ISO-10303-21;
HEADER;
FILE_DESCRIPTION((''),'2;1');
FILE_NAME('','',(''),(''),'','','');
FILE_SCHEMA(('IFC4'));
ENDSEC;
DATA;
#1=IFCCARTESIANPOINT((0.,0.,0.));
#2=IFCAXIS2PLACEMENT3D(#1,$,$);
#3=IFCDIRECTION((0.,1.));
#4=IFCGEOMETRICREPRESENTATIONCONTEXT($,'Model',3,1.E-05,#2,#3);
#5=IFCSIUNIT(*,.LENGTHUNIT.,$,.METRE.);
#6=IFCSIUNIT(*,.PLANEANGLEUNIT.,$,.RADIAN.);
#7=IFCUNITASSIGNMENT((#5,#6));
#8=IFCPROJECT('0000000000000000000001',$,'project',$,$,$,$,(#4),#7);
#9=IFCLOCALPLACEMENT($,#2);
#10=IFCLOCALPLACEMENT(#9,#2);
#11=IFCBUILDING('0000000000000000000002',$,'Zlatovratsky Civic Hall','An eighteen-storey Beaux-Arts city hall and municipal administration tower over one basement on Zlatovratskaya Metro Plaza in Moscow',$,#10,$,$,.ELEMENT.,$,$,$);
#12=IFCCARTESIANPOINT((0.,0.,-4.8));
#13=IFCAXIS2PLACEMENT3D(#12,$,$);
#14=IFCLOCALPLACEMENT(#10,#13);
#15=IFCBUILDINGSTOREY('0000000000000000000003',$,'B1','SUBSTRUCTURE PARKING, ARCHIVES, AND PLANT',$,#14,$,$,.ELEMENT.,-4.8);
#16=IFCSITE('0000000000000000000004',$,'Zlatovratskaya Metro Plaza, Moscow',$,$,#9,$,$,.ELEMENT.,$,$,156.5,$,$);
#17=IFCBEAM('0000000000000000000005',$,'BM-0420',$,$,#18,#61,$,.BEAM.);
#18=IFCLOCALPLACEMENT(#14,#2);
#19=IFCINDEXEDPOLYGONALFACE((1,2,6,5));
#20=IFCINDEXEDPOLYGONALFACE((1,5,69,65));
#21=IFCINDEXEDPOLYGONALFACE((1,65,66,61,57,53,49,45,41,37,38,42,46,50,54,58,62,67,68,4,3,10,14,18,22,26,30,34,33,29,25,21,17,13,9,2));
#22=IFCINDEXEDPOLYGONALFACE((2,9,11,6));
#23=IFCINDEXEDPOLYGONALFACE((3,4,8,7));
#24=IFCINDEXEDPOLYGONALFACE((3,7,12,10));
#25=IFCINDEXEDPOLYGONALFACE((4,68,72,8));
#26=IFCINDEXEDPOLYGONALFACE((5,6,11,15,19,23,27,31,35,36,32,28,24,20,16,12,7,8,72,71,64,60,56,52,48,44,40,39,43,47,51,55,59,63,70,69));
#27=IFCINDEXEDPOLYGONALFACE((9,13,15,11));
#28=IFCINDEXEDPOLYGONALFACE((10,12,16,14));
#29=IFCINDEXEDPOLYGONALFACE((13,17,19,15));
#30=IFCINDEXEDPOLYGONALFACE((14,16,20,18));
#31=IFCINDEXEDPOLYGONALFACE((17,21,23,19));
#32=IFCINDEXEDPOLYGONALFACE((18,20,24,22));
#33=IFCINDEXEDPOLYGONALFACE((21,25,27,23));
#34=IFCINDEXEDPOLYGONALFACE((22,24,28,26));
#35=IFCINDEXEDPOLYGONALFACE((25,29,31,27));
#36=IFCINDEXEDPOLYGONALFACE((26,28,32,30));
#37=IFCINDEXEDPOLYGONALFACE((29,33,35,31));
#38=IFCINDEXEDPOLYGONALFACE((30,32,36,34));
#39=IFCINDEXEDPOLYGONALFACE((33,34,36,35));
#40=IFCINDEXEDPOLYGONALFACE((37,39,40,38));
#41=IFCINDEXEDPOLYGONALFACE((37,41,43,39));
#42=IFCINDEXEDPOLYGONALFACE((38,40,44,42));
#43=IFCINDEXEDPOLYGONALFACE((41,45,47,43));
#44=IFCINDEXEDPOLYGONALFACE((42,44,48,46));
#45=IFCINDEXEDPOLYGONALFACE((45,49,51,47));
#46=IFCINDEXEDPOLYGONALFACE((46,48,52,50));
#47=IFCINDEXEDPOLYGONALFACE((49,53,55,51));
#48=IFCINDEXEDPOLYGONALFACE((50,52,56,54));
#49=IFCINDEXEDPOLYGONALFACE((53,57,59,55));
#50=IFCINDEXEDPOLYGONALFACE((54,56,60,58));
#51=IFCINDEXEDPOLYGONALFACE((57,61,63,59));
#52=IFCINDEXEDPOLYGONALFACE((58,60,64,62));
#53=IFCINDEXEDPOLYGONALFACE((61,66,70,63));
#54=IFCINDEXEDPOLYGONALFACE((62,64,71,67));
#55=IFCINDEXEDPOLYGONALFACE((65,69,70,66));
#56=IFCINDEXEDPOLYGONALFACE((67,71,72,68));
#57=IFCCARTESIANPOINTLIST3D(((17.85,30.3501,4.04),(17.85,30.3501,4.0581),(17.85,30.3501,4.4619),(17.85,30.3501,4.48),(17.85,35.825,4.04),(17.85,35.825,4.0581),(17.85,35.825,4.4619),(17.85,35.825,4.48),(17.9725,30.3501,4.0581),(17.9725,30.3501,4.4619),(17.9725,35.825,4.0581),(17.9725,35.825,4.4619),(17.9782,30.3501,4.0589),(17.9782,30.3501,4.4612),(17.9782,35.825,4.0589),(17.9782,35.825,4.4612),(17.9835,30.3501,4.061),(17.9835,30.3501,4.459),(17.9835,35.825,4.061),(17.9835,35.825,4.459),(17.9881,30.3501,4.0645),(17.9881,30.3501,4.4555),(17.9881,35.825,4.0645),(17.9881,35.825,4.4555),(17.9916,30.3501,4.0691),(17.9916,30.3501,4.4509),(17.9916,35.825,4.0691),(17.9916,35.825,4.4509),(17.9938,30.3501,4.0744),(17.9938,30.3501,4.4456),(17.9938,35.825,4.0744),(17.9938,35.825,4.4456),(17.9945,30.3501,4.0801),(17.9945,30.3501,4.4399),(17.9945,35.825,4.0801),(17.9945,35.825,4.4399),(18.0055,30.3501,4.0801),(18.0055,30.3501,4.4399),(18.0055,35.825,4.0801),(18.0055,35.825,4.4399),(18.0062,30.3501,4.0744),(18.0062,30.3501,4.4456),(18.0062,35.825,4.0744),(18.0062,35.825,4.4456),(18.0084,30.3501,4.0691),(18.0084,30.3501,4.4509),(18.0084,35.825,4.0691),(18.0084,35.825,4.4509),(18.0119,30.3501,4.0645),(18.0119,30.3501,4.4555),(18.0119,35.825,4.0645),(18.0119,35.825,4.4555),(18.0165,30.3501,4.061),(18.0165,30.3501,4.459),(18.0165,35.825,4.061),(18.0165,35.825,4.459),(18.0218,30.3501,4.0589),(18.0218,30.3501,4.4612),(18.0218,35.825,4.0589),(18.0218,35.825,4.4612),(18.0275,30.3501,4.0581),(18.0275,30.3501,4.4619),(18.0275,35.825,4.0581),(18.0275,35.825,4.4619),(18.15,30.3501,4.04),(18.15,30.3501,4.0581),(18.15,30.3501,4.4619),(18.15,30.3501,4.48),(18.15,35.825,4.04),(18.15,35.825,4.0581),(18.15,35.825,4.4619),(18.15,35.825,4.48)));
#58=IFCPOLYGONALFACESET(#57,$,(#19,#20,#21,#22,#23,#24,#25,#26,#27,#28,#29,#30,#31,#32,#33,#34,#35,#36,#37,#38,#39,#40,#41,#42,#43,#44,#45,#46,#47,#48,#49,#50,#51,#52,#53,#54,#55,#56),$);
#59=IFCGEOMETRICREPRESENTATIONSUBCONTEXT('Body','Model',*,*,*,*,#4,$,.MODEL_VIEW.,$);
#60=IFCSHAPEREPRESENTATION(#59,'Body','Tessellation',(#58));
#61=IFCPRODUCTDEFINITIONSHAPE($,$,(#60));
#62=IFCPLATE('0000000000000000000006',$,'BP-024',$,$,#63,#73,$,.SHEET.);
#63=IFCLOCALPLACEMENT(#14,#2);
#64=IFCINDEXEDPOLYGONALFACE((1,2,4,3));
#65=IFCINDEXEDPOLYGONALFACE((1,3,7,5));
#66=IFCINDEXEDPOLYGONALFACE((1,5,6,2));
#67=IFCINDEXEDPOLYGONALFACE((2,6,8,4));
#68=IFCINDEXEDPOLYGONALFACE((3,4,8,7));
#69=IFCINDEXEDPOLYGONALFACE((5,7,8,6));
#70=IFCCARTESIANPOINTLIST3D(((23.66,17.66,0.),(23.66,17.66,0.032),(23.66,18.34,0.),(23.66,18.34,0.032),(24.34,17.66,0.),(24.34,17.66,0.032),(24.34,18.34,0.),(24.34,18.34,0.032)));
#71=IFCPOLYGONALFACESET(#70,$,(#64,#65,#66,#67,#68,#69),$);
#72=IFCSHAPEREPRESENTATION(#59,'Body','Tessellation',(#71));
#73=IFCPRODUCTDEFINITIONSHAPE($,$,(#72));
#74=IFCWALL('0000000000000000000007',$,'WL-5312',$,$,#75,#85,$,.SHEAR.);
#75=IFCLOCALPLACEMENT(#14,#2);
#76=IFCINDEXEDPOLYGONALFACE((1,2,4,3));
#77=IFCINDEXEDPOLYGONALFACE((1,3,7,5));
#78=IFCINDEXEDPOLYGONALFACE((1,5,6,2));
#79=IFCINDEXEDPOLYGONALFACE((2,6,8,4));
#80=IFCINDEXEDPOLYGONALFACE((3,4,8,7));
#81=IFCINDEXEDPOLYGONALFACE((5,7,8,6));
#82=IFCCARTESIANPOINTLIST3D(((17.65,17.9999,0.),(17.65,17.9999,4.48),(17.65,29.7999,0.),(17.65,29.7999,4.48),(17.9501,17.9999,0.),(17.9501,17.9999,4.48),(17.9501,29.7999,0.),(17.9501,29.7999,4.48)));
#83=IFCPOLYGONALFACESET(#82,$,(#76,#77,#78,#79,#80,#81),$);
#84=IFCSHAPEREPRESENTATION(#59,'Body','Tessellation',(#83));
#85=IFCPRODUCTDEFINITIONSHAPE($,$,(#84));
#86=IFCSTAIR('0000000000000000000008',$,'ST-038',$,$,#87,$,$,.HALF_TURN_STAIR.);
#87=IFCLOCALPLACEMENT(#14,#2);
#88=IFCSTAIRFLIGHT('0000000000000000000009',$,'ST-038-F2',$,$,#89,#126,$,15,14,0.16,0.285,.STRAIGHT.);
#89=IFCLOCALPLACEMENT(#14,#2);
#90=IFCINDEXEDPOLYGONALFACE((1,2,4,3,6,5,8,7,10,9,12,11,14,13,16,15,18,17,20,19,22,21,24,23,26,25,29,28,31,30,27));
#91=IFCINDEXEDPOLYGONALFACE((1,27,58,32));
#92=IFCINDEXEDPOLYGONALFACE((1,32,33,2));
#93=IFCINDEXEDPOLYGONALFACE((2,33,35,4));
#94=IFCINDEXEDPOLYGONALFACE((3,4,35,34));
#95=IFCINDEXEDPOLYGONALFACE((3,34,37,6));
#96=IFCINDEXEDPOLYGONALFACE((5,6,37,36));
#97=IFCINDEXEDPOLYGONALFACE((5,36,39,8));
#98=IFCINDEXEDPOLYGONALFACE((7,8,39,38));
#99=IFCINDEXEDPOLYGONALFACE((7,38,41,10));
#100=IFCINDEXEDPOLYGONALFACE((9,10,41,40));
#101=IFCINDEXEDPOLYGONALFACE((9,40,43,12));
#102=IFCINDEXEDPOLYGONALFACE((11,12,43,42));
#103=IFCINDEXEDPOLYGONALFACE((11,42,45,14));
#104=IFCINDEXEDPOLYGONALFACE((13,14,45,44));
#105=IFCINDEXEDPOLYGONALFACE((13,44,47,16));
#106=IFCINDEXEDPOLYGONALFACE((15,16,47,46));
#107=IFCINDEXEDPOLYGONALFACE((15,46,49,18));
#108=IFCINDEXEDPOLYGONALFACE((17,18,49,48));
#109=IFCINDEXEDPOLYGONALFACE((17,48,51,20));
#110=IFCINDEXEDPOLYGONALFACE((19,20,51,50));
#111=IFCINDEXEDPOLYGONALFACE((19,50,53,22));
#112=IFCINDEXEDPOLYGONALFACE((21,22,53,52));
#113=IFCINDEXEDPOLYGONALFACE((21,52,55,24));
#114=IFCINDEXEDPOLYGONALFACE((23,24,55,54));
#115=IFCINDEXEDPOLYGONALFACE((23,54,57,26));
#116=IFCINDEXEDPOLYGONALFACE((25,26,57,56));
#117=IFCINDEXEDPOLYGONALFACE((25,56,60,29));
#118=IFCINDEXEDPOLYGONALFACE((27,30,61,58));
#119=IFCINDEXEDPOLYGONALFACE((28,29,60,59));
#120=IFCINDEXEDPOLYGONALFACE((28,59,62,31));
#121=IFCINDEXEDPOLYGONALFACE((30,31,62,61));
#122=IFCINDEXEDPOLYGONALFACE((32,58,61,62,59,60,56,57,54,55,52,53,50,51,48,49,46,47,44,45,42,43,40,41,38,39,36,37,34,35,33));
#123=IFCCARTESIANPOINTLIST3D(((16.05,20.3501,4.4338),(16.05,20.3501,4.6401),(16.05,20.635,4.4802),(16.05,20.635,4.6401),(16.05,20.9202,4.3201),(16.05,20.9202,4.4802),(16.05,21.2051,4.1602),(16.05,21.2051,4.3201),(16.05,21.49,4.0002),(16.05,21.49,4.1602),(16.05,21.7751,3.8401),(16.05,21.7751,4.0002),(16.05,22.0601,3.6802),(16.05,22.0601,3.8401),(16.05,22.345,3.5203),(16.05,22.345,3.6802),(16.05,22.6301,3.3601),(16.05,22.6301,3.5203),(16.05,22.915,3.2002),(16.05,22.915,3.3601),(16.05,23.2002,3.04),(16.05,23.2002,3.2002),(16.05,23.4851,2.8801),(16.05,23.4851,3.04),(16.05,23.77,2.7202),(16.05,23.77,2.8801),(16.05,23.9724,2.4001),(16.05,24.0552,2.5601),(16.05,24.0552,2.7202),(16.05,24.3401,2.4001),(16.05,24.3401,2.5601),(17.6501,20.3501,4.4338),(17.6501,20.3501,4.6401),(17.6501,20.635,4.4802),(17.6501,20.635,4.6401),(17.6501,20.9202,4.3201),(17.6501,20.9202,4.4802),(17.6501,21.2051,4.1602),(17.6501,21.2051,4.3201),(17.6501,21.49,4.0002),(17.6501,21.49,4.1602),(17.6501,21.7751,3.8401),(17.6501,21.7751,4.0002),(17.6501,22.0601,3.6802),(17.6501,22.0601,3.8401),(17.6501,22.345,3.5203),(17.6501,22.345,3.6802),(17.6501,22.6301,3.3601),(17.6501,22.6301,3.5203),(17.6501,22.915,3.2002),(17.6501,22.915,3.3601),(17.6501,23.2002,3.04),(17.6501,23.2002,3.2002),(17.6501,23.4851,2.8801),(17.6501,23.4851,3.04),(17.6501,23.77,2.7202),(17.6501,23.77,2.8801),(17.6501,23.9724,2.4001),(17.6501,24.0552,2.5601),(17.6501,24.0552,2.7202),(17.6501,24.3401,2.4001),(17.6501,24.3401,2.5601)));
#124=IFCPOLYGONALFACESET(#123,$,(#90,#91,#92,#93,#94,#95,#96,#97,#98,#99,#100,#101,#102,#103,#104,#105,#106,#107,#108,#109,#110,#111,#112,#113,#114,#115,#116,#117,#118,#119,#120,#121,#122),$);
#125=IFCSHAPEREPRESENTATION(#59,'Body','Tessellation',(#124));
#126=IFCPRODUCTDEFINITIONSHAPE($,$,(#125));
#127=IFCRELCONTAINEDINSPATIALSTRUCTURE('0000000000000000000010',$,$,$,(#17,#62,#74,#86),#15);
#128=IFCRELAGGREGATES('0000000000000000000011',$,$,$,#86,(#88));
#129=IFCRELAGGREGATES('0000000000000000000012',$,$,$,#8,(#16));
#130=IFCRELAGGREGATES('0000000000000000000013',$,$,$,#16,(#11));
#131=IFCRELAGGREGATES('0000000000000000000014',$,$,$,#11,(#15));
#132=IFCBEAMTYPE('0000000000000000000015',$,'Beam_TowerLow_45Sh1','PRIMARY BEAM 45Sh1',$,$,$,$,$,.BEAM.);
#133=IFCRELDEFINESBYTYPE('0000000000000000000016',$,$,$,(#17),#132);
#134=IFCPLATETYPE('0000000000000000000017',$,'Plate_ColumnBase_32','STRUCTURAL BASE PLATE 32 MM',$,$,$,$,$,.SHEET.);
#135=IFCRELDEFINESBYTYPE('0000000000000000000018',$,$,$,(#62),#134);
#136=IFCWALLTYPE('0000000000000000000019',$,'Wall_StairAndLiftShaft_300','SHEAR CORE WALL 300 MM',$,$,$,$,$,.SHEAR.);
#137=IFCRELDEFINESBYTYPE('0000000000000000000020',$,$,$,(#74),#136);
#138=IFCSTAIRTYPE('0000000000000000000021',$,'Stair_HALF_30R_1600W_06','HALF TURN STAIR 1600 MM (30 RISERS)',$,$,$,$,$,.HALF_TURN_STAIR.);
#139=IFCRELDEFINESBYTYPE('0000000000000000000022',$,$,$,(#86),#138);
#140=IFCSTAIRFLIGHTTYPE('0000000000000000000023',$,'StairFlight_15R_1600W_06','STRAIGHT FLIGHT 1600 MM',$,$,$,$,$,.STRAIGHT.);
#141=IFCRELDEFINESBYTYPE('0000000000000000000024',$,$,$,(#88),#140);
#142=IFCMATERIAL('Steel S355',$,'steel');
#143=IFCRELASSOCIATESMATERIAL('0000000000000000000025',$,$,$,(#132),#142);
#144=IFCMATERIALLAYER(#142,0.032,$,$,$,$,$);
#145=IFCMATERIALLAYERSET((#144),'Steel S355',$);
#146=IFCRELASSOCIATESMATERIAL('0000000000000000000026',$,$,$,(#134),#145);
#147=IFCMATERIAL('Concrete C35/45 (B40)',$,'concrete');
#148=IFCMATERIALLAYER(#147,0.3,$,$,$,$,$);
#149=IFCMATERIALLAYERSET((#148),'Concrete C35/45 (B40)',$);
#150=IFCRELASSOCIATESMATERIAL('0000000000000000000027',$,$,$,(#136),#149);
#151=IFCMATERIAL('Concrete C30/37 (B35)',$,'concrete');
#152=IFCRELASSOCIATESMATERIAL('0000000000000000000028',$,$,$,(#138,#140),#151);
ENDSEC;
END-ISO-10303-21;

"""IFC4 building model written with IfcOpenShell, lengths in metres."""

from ifc_helpers import new_model, si_unit, direction, frame, frame_2d, origin, origin_2d, place, context, subcontext, project, spatial, polyline, rectangle, i_section, outline, extrude, material, layer, layer_set, material_profile, profile_set, type_object, element, aggregate, save


model = new_model("IFC4")

# Units and contexts
model_context = context("Model", 3, precision=1e-05, world=origin(), true_north=direction((0.0, 1.0)))
body_context = subcontext(model_context, "Body", "Model", "MODEL_VIEW")
ifc_project = project(units=[si_unit("LENGTHUNIT", "METRE"), si_unit("PLANEANGLEUNIT", "RADIAN")], contexts=[model_context])

# Site, building, storey
site_placement = place(None, origin())
site = spatial("IfcSite", under=ifc_project, at=site_placement, Name="Zlatovratskaya Metro Plaza, Moscow", CompositionType="ELEMENT", RefElevation=156.5)
building_placement = place(site_placement, origin())
building = spatial("IfcBuilding", under=site, at=building_placement, Name="Zlatovratsky Civic Hall", Description="An eighteen-storey Beaux-Arts city hall and municipal administration tower over one basement on Zlatovratskaya Metro Plaza in Moscow", CompositionType="ELEMENT")
storey_placement = place(building_placement, frame((0.0, 0.0, -4.8)))
storey = spatial("IfcBuildingStorey", under=building, at=storey_placement, Name="B1", Description="SUBSTRUCTURE PARKING, ARCHIVES, AND PLANT", CompositionType="ELEMENT", Elevation=-4.8)

# Shared definitions
ifc_material_1 = material(Name="Concrete C35/45 (B40)", Category="concrete")
ifc_material_2 = material(Name="Steel S355", Category="steel")

# Beam
ifc_material_profile_1 = material_profile(ifc_material_2, i_section(OverallWidth=0.3, OverallDepth=0.4399, WebThickness=0.011, FlangeThickness=0.0181, FilletRadius=0.022, at=origin_2d()), Name="45Sh1")
ifc_profile_set_1 = profile_set([ifc_material_profile_1], Name="Steel S355")
beam_type_1 = type_object("IfcBeamType", Name="Beam_TowerLow_45Sh1", Description="PRIMARY BEAM 45Sh1", PredefinedType="BEAM", material=ifc_profile_set_1)
for number, where, z_axis, x_axis, name in (
    (1, (18.0, 30.3501, 4.26), (0.0, 1.0, 0.0), (-1.0, 0.0, 0.0), "BM-0420"),
):
    element("IfcBeam", number, at=place(storey_placement, frame(where, z_axis=z_axis, x_axis=x_axis)), inside=storey, type_object=beam_type_1, Name=name, PredefinedType="BEAM", context=body_context, shape_type="SweptSolid", body=[
        extrude(i_section(OverallWidth=0.3, OverallDepth=0.4399, WebThickness=0.011, FlangeThickness=0.0181, FilletRadius=0.022, at=origin_2d()), origin(), (0.0, 0.0, 1.0), 5.4749),
    ])

# Plate
ifc_layer_1 = layer(ifc_material_2, 0.032)
ifc_layer_set_1 = layer_set([ifc_layer_1], Name="Steel S355")
plate_type = type_object("IfcPlateType", Name="Plate_ColumnBase_32", Description="STRUCTURAL BASE PLATE 32 MM", PredefinedType="SHEET", material=ifc_layer_set_1)
plate_placement = place(storey_placement, frame((24.0, 18.0, 0.0), z_axis=(0.0, 0.0, 1.0), x_axis=(1.0, 0.0, 0.0)))
element("IfcPlate", 2, at=plate_placement, inside=storey, type_object=plate_type, Name="BP-024", PredefinedType="SHEET", context=body_context, shape_type="SweptSolid", body=[
    extrude(rectangle(XDim=0.6799, YDim=0.6799, at=origin_2d()), origin(), (0.0, 0.0, 1.0), 0.032),
])

# Wall
ifc_layer_2 = layer(ifc_material_1, 0.3)
ifc_layer_set_2 = layer_set([ifc_layer_2], Name="Concrete C35/45 (B40)")
wall_type = type_object("IfcWallType", Name="Wall_StairAndLiftShaft_300", Description="SHEAR CORE WALL 300 MM", PredefinedType="SHEAR", material=ifc_layer_set_2)
wall_placement = place(storey_placement, frame((17.8, 18.0, 0.0), z_axis=(0.0, 0.0, 1.0), x_axis=(0.0, 1.0, 0.0)))
element("IfcWall", 3, at=wall_placement, inside=storey, type_object=wall_type, Name="WL-5312", PredefinedType="SHEAR", context=body_context, shape_type="SweptSolid", body=[
    extrude(rectangle(XDim=11.8, YDim=0.3, at=frame_2d((5.8999, 0.0))), origin(), (0.0, 0.0, 1.0), 4.48),
])

# Stair, stair flight
ifc_material_3 = material(Name="Concrete C30/37 (B35)", Category="concrete")
stair_type = type_object("IfcStairType", Name="Stair_HALF_30R_1600W_06", Description="HALF TURN STAIR 1600 MM (30 RISERS)", PredefinedType="HALF_TURN_STAIR", material=ifc_material_3)
stair_placement = place(storey_placement, origin())
stair = element("IfcStair", 4, at=stair_placement, inside=storey, type_object=stair_type, Name="ST-038", PredefinedType="HALF_TURN_STAIR")
stair_flight_type = type_object("IfcStairFlightType", Name="StairFlight_15R_1600W_06", Description="STRAIGHT FLIGHT 1600 MM", PredefinedType="STRAIGHT", material=ifc_material_3)
stair_flight_placement = place(storey_placement, frame((16.8501, 24.3401, 2.4001), z_axis=(0.0, 0.0, 1.0), x_axis=(0.0, -1.0, 0.0)))
stair_flight = element("IfcStairFlight", 5, at=stair_flight_placement, type_object=stair_flight_type, Name="ST-038-F2", NumberOfRisers=15, NumberOfTreads=14, PredefinedType="STRAIGHT", RiserHeight=0.16, TreadLength=0.285, context=body_context, shape_type="SweptSolid", body=[
    extrude(outline(polyline([(0.0, 0.0), (0.0, 0.1599), (0.2849, 0.1599), (0.2849, 0.3201), (0.5701, 0.3201), (0.5701, 0.48), (0.855, 0.48), (0.855, 0.6399), (1.1399, 0.6399), (1.1399, 0.8), (1.425, 0.8), (1.425, 0.96), (1.71, 0.96), (1.71, 1.1201), (1.9951, 1.1201), (1.9951, 1.28), (2.28, 1.28), (2.28, 1.4399), (2.5649, 1.4399), (2.5649, 1.6001), (2.8501, 1.6001), (2.8501, 1.76), (3.135, 1.76), (3.135, 1.9199), (3.4199, 1.9199), (3.4199, 2.0801), (3.7051, 2.0801), (3.7051, 2.24), (3.99, 2.24), (3.99, 2.3999), (3.99, 2.0337), (0.3677, 0.0), (0.0, 0.0)])), frame((0.0, 0.8, 0.0), z_axis=(0.0, -1.0, 0.0), x_axis=(1.0, 0.0, 0.0)), (0.0, 0.0, 1.0), 1.6001),
])
aggregate(stair, [stair_flight])

save(model, "model.ifc")
